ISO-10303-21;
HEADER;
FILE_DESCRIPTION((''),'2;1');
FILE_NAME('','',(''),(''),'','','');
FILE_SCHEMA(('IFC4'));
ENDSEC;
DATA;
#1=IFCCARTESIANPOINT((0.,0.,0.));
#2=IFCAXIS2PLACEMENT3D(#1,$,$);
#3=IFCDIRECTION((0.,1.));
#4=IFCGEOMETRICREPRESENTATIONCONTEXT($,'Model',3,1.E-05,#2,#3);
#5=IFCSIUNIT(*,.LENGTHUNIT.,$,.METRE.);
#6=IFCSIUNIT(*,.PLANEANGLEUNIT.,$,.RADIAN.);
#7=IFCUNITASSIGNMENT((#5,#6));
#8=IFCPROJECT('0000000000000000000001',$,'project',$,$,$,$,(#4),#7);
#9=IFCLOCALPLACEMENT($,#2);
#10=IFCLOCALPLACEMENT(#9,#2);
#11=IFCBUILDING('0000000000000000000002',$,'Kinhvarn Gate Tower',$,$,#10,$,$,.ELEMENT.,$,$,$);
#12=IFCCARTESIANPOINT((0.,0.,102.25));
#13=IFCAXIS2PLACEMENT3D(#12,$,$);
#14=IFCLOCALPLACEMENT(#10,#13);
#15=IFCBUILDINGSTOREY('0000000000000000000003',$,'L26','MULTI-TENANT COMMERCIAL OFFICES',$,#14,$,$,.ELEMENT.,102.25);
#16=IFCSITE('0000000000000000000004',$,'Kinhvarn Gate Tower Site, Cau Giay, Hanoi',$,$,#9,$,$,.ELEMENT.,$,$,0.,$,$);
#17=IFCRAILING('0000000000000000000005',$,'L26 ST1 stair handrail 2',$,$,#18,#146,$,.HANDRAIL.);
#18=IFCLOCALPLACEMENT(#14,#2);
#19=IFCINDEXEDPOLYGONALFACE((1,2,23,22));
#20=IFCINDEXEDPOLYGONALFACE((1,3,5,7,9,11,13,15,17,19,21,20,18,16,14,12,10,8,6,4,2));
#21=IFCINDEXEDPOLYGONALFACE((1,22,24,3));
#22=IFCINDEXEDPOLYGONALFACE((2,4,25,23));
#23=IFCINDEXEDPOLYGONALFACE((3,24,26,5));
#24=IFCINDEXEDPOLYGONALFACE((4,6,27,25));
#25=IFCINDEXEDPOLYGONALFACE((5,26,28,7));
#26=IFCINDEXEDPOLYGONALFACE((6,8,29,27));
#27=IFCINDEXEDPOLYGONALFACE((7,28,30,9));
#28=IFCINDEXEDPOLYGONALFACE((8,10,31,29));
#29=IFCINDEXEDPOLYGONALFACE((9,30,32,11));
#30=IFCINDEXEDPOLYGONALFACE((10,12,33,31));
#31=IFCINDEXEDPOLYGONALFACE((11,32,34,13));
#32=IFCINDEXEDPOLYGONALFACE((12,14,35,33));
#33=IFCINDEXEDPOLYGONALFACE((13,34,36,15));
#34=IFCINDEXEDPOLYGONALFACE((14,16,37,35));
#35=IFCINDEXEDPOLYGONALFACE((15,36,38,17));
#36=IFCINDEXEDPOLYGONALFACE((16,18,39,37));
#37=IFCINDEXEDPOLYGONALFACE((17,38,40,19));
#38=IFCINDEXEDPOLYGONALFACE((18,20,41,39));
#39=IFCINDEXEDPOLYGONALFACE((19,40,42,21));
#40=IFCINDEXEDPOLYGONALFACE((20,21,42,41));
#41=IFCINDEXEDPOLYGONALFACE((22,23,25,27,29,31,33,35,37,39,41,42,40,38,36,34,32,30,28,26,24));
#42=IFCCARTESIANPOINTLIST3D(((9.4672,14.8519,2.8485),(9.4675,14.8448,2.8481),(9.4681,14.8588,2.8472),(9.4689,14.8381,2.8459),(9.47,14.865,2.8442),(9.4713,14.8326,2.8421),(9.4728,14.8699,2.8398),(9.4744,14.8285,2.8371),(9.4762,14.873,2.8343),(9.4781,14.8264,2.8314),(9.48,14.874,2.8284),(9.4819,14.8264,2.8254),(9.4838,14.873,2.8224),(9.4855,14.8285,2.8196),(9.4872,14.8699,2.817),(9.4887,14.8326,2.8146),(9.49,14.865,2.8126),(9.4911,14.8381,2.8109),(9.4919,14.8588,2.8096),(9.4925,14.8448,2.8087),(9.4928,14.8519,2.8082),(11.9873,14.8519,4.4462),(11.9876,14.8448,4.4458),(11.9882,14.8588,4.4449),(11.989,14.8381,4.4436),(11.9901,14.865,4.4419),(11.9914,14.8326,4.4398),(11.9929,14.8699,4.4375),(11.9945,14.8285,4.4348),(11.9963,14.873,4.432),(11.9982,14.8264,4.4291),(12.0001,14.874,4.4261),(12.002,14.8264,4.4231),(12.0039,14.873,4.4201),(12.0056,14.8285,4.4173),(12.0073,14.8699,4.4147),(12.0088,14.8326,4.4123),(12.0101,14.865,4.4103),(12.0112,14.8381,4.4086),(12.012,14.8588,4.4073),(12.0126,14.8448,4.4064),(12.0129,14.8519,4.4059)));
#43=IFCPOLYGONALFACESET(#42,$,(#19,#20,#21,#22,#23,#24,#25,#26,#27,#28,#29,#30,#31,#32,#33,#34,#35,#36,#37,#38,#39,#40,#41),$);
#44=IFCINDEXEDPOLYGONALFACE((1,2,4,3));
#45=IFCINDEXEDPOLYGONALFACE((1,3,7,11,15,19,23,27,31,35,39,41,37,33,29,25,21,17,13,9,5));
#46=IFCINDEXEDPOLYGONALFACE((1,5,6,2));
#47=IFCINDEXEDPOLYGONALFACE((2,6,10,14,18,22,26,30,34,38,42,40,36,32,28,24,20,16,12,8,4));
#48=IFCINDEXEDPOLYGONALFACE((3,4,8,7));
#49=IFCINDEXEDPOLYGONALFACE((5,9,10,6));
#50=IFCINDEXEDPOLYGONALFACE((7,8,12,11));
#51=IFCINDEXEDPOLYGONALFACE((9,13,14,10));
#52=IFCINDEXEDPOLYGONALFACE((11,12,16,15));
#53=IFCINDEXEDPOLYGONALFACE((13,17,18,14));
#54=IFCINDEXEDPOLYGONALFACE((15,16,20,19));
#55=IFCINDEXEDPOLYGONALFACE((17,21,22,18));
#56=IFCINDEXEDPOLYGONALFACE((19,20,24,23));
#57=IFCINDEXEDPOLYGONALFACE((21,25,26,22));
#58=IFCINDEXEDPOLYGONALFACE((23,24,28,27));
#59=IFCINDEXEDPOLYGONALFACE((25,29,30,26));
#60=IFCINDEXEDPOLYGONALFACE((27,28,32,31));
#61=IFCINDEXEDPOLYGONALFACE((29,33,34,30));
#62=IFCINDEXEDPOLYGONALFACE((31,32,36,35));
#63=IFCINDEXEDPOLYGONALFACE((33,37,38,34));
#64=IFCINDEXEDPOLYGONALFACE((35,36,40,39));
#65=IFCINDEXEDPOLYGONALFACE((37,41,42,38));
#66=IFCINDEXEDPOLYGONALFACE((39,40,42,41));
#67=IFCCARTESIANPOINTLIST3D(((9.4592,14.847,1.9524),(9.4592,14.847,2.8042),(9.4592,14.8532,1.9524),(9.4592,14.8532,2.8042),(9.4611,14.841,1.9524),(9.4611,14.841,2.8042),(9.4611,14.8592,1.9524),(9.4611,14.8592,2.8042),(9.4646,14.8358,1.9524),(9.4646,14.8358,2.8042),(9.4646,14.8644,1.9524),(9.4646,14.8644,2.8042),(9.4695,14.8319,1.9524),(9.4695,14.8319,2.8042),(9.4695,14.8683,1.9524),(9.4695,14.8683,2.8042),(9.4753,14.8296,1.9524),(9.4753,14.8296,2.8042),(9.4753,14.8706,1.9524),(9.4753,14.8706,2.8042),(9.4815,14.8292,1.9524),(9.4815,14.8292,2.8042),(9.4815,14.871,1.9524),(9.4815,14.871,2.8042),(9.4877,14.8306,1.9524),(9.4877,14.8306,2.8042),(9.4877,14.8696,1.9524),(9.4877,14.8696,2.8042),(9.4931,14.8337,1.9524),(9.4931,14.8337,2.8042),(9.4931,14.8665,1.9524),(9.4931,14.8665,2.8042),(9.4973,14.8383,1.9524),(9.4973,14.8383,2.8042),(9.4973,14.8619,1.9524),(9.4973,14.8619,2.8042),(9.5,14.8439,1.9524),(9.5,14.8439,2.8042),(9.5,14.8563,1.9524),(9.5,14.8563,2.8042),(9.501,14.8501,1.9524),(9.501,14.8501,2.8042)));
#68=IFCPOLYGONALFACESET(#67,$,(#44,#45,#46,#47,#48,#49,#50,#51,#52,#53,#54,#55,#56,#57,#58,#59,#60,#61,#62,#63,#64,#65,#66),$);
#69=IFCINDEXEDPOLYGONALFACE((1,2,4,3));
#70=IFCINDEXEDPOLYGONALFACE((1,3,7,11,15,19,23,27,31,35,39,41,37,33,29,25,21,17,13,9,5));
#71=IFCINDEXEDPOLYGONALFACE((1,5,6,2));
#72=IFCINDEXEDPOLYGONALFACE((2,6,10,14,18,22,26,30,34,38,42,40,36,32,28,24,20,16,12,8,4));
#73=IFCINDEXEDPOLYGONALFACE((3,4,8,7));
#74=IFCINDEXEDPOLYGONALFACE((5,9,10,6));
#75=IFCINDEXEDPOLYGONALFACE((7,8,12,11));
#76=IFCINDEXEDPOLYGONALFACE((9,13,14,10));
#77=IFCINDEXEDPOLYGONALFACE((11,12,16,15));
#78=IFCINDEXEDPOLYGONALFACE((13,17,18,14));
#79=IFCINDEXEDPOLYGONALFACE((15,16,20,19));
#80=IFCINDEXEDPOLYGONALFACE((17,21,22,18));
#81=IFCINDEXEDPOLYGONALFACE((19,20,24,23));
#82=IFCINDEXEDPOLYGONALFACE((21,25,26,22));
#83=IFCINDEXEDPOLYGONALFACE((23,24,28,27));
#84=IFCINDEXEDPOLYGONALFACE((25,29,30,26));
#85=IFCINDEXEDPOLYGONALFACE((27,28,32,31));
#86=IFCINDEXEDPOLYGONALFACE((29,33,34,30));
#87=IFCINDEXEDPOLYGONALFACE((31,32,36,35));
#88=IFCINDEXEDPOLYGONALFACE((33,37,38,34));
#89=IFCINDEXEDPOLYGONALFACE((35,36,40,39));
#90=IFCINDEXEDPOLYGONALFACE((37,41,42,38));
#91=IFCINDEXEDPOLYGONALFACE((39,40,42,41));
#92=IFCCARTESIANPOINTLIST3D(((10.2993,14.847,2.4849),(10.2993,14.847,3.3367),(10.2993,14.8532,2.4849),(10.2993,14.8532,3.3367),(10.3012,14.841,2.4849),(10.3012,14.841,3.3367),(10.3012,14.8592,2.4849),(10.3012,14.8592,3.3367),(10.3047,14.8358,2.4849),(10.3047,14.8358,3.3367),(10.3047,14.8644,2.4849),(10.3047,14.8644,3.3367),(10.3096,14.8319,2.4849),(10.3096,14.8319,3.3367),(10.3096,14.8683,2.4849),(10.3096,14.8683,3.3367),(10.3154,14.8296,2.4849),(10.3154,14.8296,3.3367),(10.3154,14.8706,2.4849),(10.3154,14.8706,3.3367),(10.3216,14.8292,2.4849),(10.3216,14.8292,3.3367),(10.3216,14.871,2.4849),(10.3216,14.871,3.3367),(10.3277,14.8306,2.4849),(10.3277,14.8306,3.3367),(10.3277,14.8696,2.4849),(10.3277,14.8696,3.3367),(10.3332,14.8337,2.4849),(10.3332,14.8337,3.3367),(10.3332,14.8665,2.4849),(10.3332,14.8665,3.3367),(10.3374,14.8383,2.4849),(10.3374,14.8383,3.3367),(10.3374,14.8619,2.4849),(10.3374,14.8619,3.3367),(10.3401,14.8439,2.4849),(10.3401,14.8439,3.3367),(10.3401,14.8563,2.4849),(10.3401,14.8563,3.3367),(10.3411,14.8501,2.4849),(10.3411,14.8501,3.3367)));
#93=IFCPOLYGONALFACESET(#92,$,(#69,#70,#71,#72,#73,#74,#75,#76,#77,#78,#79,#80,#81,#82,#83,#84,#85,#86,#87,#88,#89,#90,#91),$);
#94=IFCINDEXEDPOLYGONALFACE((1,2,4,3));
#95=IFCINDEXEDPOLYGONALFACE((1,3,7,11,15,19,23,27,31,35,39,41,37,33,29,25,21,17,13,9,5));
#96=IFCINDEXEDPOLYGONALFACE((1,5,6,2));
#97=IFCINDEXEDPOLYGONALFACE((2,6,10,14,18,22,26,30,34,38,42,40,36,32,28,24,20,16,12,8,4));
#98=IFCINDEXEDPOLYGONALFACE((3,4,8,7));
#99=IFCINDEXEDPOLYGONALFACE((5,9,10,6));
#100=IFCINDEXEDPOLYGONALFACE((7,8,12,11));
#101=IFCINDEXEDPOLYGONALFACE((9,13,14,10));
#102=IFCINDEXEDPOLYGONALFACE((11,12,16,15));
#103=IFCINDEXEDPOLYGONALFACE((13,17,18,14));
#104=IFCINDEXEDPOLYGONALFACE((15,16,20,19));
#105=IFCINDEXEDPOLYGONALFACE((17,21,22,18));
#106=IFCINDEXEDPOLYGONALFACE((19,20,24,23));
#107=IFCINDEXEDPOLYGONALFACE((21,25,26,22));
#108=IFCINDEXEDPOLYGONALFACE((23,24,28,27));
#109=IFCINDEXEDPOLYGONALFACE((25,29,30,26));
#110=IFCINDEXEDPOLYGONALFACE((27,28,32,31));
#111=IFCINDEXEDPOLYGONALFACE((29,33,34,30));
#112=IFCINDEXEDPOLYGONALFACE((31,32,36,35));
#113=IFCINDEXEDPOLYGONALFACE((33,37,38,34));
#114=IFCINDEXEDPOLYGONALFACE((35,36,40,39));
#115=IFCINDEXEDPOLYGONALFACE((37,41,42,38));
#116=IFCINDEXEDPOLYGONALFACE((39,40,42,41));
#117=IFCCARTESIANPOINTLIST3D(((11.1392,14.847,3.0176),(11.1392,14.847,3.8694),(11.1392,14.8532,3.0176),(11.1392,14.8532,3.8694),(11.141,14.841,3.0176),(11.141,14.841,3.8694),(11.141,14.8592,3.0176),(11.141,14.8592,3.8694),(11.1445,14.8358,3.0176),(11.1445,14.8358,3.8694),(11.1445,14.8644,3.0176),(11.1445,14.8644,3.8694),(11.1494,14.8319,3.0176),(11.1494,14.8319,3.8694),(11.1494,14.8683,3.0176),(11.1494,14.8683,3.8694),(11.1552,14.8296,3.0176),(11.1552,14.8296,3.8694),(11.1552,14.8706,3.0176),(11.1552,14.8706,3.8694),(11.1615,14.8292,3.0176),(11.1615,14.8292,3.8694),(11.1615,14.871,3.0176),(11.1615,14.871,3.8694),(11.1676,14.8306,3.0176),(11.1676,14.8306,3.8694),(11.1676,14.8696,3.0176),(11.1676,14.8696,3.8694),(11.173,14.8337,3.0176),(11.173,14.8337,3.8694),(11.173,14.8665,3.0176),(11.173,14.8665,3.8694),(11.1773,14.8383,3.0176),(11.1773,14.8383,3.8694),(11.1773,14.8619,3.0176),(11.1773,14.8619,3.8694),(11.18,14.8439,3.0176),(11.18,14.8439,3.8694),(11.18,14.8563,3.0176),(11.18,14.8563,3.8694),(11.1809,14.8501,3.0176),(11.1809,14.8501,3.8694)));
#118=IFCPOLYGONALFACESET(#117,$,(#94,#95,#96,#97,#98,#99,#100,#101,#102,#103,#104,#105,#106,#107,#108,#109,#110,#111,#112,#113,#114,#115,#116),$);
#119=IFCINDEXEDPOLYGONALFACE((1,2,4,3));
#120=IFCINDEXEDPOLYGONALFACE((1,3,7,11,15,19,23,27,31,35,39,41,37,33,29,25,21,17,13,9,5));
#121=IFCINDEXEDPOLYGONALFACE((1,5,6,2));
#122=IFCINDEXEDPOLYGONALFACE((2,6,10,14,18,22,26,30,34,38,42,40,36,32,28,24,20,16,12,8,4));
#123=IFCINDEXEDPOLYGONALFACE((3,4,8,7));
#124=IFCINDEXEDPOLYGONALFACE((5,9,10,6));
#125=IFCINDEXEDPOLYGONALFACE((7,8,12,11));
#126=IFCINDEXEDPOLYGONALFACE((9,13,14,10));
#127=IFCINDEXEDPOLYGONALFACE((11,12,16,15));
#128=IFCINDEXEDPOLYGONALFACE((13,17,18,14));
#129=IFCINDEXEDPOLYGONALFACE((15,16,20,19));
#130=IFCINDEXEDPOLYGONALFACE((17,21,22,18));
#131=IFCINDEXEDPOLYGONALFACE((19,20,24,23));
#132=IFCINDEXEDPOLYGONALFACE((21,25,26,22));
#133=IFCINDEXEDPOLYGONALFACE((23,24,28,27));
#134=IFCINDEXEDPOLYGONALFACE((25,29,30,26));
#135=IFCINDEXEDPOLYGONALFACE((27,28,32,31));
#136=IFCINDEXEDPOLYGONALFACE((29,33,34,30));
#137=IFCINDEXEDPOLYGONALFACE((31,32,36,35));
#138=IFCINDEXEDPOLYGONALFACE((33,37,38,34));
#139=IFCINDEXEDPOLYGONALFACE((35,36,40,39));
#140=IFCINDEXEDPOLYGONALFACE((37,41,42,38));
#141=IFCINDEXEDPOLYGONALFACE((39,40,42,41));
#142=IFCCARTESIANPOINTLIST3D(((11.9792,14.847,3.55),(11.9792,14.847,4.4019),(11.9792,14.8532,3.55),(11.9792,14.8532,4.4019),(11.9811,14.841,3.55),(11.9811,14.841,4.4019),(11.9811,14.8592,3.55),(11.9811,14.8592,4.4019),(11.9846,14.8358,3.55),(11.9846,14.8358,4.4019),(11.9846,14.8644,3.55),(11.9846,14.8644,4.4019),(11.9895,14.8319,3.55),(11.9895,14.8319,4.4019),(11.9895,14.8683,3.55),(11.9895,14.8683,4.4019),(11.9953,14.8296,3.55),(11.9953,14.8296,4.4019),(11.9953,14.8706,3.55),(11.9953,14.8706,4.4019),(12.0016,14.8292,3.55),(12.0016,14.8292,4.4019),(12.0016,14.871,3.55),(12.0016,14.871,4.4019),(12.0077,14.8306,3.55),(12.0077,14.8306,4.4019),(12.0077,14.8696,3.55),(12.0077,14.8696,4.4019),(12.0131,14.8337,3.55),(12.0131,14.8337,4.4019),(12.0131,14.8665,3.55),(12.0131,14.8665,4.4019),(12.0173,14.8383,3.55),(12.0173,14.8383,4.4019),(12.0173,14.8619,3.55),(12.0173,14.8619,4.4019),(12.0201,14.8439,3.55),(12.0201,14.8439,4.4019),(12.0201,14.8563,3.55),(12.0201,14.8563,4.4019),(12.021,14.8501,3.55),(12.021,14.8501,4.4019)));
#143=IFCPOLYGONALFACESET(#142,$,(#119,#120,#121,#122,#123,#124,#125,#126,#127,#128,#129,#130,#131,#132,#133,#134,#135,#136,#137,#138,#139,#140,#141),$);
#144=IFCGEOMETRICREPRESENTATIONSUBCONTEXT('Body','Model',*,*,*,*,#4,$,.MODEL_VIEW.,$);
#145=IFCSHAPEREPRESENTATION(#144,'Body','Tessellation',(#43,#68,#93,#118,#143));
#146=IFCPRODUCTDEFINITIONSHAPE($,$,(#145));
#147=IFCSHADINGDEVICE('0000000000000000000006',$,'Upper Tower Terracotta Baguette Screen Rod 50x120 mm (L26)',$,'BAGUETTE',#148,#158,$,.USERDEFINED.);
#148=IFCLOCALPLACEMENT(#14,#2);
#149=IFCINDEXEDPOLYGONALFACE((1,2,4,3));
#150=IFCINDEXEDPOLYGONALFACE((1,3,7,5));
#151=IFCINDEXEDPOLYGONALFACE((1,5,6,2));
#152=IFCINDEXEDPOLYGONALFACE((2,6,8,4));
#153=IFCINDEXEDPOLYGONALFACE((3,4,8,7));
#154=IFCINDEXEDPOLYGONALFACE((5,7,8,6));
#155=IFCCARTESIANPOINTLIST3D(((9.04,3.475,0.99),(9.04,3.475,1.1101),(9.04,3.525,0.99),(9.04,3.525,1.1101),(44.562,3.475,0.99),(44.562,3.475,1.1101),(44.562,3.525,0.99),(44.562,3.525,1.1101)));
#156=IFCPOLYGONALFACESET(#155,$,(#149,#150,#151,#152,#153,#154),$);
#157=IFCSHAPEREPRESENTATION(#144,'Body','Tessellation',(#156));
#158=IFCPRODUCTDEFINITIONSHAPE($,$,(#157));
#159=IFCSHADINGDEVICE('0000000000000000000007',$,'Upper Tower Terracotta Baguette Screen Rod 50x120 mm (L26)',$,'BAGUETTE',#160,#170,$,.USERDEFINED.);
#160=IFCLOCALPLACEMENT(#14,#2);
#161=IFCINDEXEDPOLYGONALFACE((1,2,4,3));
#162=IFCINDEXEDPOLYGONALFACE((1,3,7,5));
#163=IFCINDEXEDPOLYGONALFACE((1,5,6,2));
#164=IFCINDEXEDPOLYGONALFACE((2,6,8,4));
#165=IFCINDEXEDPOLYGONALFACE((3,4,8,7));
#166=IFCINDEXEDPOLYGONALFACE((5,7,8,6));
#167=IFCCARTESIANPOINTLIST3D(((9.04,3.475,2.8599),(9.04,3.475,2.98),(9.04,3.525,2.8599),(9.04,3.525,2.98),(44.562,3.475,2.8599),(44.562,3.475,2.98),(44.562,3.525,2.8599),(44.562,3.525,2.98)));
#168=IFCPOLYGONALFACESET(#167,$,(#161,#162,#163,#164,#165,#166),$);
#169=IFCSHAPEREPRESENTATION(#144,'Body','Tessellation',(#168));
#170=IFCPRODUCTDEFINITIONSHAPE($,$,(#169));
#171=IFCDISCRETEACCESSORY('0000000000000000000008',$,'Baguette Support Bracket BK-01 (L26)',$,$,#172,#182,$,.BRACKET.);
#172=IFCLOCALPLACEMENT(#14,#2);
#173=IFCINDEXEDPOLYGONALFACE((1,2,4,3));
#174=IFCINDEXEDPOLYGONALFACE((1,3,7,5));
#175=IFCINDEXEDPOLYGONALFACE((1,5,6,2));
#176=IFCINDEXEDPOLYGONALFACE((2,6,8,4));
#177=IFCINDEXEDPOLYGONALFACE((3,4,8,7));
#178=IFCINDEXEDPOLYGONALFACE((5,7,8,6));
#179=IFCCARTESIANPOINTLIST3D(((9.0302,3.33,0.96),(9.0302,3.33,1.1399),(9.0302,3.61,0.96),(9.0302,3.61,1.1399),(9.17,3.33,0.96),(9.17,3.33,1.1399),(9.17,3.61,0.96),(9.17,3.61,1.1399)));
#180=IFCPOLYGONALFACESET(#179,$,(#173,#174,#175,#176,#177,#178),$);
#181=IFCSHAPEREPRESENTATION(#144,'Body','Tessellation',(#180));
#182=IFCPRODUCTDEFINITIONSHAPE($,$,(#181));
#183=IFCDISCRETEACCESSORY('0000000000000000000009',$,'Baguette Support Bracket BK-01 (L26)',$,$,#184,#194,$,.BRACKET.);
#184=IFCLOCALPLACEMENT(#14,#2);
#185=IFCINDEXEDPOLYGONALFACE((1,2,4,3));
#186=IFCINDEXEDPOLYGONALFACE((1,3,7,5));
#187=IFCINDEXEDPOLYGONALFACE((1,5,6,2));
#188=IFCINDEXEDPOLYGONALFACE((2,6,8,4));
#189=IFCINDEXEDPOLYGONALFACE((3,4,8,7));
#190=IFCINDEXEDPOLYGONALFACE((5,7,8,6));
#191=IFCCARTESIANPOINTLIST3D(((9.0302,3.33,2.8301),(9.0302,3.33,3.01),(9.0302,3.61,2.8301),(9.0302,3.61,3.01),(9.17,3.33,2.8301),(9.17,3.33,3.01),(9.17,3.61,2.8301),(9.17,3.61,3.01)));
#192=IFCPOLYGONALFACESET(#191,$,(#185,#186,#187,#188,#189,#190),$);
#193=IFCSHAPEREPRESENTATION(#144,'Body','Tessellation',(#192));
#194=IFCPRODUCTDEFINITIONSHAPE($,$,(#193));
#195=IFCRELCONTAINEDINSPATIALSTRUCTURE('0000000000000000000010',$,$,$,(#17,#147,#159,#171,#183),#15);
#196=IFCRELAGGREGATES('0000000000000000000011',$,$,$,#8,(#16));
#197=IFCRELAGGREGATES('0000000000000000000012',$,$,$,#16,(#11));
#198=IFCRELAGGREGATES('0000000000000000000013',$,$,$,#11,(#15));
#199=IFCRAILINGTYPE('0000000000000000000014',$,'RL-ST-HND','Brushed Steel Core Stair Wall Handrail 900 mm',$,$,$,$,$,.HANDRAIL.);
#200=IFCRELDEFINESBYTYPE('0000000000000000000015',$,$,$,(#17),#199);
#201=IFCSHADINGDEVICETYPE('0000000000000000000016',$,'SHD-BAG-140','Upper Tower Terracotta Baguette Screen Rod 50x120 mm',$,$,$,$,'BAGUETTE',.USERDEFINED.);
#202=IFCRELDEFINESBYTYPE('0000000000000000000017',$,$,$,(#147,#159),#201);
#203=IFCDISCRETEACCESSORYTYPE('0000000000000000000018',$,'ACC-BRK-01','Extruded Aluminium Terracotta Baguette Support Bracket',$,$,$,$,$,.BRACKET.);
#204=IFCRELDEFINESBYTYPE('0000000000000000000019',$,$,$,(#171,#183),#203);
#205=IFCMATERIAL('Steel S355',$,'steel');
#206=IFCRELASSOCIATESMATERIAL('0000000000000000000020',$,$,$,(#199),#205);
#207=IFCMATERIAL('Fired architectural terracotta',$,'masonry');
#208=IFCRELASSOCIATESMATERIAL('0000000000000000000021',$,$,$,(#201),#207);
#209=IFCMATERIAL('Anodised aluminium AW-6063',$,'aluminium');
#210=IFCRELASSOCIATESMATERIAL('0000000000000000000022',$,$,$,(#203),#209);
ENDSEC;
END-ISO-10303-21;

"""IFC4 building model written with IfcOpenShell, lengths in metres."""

from ifc_helpers import new_model, si_unit, direction, frame, origin, origin_2d, place, context, subcontext, project, spatial, rectangle, circle, extrude, material, material_profile, profile_set, type_object, element, save


model = new_model("IFC4")

# Units and contexts
model_context = context("Model", 3, precision=1e-05, world=origin(), true_north=direction((0.0, 1.0)))
body_context = subcontext(model_context, "Body", "Model", "MODEL_VIEW")
ifc_project = project(units=[si_unit("LENGTHUNIT", "METRE"), si_unit("PLANEANGLEUNIT", "RADIAN")], contexts=[model_context])

# Site, building, storey
site_placement = place(None, origin())
site = spatial("IfcSite", under=ifc_project, at=site_placement, Name="Kinhvarn Gate Tower Site, Cau Giay, Hanoi", CompositionType="ELEMENT", RefElevation=0.0)
building_placement = place(site_placement, origin())
building = spatial("IfcBuilding", under=site, at=building_placement, Name="Kinhvarn Gate Tower", CompositionType="ELEMENT")
storey_placement = place(building_placement, frame((0.0, 0.0, 102.25)))
storey = spatial("IfcBuildingStorey", under=building, at=storey_placement, Name="L26", Description="MULTI-TENANT COMMERCIAL OFFICES", CompositionType="ELEMENT", Elevation=102.25)

# Shared definitions
ifc_material_1 = material(Name="Anodised aluminium AW-6063", Category="aluminium")

# Shared definitions
ifc_material_2 = material(Name="Steel S355", Category="steel")

# Shared definitions
ifc_material_3 = material(Name="Fired architectural terracotta", Category="masonry")

# Railing
railing_type_1 = type_object("IfcRailingType", Name="RL-ST-HND", Description="Brushed Steel Core Stair Wall Handrail 900 mm", PredefinedType="HANDRAIL", material=ifc_material_2)
railing_1_placement = place(storey_placement, frame((9.48, 14.8501, 1.9524)))
element("IfcRailing", 1, at=railing_1_placement, inside=storey, type_object=railing_type_1, Name="L26 ST1 stair handrail 2", PredefinedType="HANDRAIL", context=body_context, shape_type="SweptSolid", body=[
    extrude(circle(Radius=0.0239, at=origin_2d()), frame((0.0, 0.0, 0.876), z_axis=(0.84457, 0.0, 0.535445), x_axis=(0.0, 1.0, 0.0)), (0.0, 0.0, 1.0), 2.9839),
    extrude(circle(Radius=0.021, at=origin_2d()), origin(), (0.0, 0.0, 1.0), 0.8518),
    extrude(circle(Radius=0.021, at=origin_2d()), frame((0.8401, 0.0, 0.5325)), (0.0, 0.0, 1.0), 0.8518),
    extrude(circle(Radius=0.021, at=origin_2d()), frame((1.6799, 0.0, 1.0652)), (0.0, 0.0, 1.0), 0.8518),
    extrude(circle(Radius=0.021, at=origin_2d()), frame((2.52, 0.0, 1.5977)), (0.0, 0.0, 1.0), 0.8518),
])

# Shading devices
ifc_material_profile_1 = material_profile(ifc_material_3, rectangle(XDim=0.05, YDim=0.1201, at=origin_2d()), Name="TC 50x120")
ifc_profile_set_1 = profile_set([ifc_material_profile_1], Name="Fired architectural terracotta")
shading_device_type = type_object("IfcShadingDeviceType", Name="SHD-BAG-140", Description="Upper Tower Terracotta Baguette Screen Rod 50x120 mm", ElementType="BAGUETTE", PredefinedType="USERDEFINED", material=ifc_profile_set_1)
for number, where, z_axis, x_axis, name in (
    (2, (9.04, 3.5, 1.05), (1.0, 0.0, 0.0), (0.0, 1.0, 0.0), "Upper Tower Terracotta Baguette Screen Rod 50x120 mm (L26)"),
    (3, (9.04, 3.5, 2.9199), (1.0, 0.0, 0.0), (0.0, 1.0, 0.0), "Upper Tower Terracotta Baguette Screen Rod 50x120 mm (L26)"),
):
    element("IfcShadingDevice", number, at=place(storey_placement, frame(where, z_axis=z_axis, x_axis=x_axis)), inside=storey, type_object=shading_device_type, Name=name, ObjectType="BAGUETTE", PredefinedType="USERDEFINED", context=body_context, shape_type="SweptSolid", body=[
        extrude(rectangle(XDim=0.05, YDim=0.1201, at=origin_2d()), origin(), (0.0, 0.0, 1.0), 35.522),
    ])

# Discrete accessories
discrete_accessory_type = type_object("IfcDiscreteAccessoryType", Name="ACC-BRK-01", Description="Extruded Aluminium Terracotta Baguette Support Bracket", PredefinedType="BRACKET", material=ifc_material_1)
for number, where, z_axis, x_axis, name in (
    (4, (9.1001, 3.47, 0.96), (0.0, 0.0, 1.0), (1.0, 0.0, 0.0), "Baguette Support Bracket BK-01 (L26)"),
    (5, (9.1001, 3.47, 2.8301), (0.0, 0.0, 1.0), (1.0, 0.0, 0.0), "Baguette Support Bracket BK-01 (L26)"),
):
    element("IfcDiscreteAccessory", number, at=place(storey_placement, frame(where, z_axis=z_axis, x_axis=x_axis)), inside=storey, type_object=discrete_accessory_type, Name=name, PredefinedType="BRACKET", context=body_context, shape_type="SweptSolid", body=[
        extrude(rectangle(XDim=0.1399, YDim=0.28, at=origin_2d()), origin(), (0.0, 0.0, 1.0), 0.1799),
    ])

save(model, "model.ifc")
